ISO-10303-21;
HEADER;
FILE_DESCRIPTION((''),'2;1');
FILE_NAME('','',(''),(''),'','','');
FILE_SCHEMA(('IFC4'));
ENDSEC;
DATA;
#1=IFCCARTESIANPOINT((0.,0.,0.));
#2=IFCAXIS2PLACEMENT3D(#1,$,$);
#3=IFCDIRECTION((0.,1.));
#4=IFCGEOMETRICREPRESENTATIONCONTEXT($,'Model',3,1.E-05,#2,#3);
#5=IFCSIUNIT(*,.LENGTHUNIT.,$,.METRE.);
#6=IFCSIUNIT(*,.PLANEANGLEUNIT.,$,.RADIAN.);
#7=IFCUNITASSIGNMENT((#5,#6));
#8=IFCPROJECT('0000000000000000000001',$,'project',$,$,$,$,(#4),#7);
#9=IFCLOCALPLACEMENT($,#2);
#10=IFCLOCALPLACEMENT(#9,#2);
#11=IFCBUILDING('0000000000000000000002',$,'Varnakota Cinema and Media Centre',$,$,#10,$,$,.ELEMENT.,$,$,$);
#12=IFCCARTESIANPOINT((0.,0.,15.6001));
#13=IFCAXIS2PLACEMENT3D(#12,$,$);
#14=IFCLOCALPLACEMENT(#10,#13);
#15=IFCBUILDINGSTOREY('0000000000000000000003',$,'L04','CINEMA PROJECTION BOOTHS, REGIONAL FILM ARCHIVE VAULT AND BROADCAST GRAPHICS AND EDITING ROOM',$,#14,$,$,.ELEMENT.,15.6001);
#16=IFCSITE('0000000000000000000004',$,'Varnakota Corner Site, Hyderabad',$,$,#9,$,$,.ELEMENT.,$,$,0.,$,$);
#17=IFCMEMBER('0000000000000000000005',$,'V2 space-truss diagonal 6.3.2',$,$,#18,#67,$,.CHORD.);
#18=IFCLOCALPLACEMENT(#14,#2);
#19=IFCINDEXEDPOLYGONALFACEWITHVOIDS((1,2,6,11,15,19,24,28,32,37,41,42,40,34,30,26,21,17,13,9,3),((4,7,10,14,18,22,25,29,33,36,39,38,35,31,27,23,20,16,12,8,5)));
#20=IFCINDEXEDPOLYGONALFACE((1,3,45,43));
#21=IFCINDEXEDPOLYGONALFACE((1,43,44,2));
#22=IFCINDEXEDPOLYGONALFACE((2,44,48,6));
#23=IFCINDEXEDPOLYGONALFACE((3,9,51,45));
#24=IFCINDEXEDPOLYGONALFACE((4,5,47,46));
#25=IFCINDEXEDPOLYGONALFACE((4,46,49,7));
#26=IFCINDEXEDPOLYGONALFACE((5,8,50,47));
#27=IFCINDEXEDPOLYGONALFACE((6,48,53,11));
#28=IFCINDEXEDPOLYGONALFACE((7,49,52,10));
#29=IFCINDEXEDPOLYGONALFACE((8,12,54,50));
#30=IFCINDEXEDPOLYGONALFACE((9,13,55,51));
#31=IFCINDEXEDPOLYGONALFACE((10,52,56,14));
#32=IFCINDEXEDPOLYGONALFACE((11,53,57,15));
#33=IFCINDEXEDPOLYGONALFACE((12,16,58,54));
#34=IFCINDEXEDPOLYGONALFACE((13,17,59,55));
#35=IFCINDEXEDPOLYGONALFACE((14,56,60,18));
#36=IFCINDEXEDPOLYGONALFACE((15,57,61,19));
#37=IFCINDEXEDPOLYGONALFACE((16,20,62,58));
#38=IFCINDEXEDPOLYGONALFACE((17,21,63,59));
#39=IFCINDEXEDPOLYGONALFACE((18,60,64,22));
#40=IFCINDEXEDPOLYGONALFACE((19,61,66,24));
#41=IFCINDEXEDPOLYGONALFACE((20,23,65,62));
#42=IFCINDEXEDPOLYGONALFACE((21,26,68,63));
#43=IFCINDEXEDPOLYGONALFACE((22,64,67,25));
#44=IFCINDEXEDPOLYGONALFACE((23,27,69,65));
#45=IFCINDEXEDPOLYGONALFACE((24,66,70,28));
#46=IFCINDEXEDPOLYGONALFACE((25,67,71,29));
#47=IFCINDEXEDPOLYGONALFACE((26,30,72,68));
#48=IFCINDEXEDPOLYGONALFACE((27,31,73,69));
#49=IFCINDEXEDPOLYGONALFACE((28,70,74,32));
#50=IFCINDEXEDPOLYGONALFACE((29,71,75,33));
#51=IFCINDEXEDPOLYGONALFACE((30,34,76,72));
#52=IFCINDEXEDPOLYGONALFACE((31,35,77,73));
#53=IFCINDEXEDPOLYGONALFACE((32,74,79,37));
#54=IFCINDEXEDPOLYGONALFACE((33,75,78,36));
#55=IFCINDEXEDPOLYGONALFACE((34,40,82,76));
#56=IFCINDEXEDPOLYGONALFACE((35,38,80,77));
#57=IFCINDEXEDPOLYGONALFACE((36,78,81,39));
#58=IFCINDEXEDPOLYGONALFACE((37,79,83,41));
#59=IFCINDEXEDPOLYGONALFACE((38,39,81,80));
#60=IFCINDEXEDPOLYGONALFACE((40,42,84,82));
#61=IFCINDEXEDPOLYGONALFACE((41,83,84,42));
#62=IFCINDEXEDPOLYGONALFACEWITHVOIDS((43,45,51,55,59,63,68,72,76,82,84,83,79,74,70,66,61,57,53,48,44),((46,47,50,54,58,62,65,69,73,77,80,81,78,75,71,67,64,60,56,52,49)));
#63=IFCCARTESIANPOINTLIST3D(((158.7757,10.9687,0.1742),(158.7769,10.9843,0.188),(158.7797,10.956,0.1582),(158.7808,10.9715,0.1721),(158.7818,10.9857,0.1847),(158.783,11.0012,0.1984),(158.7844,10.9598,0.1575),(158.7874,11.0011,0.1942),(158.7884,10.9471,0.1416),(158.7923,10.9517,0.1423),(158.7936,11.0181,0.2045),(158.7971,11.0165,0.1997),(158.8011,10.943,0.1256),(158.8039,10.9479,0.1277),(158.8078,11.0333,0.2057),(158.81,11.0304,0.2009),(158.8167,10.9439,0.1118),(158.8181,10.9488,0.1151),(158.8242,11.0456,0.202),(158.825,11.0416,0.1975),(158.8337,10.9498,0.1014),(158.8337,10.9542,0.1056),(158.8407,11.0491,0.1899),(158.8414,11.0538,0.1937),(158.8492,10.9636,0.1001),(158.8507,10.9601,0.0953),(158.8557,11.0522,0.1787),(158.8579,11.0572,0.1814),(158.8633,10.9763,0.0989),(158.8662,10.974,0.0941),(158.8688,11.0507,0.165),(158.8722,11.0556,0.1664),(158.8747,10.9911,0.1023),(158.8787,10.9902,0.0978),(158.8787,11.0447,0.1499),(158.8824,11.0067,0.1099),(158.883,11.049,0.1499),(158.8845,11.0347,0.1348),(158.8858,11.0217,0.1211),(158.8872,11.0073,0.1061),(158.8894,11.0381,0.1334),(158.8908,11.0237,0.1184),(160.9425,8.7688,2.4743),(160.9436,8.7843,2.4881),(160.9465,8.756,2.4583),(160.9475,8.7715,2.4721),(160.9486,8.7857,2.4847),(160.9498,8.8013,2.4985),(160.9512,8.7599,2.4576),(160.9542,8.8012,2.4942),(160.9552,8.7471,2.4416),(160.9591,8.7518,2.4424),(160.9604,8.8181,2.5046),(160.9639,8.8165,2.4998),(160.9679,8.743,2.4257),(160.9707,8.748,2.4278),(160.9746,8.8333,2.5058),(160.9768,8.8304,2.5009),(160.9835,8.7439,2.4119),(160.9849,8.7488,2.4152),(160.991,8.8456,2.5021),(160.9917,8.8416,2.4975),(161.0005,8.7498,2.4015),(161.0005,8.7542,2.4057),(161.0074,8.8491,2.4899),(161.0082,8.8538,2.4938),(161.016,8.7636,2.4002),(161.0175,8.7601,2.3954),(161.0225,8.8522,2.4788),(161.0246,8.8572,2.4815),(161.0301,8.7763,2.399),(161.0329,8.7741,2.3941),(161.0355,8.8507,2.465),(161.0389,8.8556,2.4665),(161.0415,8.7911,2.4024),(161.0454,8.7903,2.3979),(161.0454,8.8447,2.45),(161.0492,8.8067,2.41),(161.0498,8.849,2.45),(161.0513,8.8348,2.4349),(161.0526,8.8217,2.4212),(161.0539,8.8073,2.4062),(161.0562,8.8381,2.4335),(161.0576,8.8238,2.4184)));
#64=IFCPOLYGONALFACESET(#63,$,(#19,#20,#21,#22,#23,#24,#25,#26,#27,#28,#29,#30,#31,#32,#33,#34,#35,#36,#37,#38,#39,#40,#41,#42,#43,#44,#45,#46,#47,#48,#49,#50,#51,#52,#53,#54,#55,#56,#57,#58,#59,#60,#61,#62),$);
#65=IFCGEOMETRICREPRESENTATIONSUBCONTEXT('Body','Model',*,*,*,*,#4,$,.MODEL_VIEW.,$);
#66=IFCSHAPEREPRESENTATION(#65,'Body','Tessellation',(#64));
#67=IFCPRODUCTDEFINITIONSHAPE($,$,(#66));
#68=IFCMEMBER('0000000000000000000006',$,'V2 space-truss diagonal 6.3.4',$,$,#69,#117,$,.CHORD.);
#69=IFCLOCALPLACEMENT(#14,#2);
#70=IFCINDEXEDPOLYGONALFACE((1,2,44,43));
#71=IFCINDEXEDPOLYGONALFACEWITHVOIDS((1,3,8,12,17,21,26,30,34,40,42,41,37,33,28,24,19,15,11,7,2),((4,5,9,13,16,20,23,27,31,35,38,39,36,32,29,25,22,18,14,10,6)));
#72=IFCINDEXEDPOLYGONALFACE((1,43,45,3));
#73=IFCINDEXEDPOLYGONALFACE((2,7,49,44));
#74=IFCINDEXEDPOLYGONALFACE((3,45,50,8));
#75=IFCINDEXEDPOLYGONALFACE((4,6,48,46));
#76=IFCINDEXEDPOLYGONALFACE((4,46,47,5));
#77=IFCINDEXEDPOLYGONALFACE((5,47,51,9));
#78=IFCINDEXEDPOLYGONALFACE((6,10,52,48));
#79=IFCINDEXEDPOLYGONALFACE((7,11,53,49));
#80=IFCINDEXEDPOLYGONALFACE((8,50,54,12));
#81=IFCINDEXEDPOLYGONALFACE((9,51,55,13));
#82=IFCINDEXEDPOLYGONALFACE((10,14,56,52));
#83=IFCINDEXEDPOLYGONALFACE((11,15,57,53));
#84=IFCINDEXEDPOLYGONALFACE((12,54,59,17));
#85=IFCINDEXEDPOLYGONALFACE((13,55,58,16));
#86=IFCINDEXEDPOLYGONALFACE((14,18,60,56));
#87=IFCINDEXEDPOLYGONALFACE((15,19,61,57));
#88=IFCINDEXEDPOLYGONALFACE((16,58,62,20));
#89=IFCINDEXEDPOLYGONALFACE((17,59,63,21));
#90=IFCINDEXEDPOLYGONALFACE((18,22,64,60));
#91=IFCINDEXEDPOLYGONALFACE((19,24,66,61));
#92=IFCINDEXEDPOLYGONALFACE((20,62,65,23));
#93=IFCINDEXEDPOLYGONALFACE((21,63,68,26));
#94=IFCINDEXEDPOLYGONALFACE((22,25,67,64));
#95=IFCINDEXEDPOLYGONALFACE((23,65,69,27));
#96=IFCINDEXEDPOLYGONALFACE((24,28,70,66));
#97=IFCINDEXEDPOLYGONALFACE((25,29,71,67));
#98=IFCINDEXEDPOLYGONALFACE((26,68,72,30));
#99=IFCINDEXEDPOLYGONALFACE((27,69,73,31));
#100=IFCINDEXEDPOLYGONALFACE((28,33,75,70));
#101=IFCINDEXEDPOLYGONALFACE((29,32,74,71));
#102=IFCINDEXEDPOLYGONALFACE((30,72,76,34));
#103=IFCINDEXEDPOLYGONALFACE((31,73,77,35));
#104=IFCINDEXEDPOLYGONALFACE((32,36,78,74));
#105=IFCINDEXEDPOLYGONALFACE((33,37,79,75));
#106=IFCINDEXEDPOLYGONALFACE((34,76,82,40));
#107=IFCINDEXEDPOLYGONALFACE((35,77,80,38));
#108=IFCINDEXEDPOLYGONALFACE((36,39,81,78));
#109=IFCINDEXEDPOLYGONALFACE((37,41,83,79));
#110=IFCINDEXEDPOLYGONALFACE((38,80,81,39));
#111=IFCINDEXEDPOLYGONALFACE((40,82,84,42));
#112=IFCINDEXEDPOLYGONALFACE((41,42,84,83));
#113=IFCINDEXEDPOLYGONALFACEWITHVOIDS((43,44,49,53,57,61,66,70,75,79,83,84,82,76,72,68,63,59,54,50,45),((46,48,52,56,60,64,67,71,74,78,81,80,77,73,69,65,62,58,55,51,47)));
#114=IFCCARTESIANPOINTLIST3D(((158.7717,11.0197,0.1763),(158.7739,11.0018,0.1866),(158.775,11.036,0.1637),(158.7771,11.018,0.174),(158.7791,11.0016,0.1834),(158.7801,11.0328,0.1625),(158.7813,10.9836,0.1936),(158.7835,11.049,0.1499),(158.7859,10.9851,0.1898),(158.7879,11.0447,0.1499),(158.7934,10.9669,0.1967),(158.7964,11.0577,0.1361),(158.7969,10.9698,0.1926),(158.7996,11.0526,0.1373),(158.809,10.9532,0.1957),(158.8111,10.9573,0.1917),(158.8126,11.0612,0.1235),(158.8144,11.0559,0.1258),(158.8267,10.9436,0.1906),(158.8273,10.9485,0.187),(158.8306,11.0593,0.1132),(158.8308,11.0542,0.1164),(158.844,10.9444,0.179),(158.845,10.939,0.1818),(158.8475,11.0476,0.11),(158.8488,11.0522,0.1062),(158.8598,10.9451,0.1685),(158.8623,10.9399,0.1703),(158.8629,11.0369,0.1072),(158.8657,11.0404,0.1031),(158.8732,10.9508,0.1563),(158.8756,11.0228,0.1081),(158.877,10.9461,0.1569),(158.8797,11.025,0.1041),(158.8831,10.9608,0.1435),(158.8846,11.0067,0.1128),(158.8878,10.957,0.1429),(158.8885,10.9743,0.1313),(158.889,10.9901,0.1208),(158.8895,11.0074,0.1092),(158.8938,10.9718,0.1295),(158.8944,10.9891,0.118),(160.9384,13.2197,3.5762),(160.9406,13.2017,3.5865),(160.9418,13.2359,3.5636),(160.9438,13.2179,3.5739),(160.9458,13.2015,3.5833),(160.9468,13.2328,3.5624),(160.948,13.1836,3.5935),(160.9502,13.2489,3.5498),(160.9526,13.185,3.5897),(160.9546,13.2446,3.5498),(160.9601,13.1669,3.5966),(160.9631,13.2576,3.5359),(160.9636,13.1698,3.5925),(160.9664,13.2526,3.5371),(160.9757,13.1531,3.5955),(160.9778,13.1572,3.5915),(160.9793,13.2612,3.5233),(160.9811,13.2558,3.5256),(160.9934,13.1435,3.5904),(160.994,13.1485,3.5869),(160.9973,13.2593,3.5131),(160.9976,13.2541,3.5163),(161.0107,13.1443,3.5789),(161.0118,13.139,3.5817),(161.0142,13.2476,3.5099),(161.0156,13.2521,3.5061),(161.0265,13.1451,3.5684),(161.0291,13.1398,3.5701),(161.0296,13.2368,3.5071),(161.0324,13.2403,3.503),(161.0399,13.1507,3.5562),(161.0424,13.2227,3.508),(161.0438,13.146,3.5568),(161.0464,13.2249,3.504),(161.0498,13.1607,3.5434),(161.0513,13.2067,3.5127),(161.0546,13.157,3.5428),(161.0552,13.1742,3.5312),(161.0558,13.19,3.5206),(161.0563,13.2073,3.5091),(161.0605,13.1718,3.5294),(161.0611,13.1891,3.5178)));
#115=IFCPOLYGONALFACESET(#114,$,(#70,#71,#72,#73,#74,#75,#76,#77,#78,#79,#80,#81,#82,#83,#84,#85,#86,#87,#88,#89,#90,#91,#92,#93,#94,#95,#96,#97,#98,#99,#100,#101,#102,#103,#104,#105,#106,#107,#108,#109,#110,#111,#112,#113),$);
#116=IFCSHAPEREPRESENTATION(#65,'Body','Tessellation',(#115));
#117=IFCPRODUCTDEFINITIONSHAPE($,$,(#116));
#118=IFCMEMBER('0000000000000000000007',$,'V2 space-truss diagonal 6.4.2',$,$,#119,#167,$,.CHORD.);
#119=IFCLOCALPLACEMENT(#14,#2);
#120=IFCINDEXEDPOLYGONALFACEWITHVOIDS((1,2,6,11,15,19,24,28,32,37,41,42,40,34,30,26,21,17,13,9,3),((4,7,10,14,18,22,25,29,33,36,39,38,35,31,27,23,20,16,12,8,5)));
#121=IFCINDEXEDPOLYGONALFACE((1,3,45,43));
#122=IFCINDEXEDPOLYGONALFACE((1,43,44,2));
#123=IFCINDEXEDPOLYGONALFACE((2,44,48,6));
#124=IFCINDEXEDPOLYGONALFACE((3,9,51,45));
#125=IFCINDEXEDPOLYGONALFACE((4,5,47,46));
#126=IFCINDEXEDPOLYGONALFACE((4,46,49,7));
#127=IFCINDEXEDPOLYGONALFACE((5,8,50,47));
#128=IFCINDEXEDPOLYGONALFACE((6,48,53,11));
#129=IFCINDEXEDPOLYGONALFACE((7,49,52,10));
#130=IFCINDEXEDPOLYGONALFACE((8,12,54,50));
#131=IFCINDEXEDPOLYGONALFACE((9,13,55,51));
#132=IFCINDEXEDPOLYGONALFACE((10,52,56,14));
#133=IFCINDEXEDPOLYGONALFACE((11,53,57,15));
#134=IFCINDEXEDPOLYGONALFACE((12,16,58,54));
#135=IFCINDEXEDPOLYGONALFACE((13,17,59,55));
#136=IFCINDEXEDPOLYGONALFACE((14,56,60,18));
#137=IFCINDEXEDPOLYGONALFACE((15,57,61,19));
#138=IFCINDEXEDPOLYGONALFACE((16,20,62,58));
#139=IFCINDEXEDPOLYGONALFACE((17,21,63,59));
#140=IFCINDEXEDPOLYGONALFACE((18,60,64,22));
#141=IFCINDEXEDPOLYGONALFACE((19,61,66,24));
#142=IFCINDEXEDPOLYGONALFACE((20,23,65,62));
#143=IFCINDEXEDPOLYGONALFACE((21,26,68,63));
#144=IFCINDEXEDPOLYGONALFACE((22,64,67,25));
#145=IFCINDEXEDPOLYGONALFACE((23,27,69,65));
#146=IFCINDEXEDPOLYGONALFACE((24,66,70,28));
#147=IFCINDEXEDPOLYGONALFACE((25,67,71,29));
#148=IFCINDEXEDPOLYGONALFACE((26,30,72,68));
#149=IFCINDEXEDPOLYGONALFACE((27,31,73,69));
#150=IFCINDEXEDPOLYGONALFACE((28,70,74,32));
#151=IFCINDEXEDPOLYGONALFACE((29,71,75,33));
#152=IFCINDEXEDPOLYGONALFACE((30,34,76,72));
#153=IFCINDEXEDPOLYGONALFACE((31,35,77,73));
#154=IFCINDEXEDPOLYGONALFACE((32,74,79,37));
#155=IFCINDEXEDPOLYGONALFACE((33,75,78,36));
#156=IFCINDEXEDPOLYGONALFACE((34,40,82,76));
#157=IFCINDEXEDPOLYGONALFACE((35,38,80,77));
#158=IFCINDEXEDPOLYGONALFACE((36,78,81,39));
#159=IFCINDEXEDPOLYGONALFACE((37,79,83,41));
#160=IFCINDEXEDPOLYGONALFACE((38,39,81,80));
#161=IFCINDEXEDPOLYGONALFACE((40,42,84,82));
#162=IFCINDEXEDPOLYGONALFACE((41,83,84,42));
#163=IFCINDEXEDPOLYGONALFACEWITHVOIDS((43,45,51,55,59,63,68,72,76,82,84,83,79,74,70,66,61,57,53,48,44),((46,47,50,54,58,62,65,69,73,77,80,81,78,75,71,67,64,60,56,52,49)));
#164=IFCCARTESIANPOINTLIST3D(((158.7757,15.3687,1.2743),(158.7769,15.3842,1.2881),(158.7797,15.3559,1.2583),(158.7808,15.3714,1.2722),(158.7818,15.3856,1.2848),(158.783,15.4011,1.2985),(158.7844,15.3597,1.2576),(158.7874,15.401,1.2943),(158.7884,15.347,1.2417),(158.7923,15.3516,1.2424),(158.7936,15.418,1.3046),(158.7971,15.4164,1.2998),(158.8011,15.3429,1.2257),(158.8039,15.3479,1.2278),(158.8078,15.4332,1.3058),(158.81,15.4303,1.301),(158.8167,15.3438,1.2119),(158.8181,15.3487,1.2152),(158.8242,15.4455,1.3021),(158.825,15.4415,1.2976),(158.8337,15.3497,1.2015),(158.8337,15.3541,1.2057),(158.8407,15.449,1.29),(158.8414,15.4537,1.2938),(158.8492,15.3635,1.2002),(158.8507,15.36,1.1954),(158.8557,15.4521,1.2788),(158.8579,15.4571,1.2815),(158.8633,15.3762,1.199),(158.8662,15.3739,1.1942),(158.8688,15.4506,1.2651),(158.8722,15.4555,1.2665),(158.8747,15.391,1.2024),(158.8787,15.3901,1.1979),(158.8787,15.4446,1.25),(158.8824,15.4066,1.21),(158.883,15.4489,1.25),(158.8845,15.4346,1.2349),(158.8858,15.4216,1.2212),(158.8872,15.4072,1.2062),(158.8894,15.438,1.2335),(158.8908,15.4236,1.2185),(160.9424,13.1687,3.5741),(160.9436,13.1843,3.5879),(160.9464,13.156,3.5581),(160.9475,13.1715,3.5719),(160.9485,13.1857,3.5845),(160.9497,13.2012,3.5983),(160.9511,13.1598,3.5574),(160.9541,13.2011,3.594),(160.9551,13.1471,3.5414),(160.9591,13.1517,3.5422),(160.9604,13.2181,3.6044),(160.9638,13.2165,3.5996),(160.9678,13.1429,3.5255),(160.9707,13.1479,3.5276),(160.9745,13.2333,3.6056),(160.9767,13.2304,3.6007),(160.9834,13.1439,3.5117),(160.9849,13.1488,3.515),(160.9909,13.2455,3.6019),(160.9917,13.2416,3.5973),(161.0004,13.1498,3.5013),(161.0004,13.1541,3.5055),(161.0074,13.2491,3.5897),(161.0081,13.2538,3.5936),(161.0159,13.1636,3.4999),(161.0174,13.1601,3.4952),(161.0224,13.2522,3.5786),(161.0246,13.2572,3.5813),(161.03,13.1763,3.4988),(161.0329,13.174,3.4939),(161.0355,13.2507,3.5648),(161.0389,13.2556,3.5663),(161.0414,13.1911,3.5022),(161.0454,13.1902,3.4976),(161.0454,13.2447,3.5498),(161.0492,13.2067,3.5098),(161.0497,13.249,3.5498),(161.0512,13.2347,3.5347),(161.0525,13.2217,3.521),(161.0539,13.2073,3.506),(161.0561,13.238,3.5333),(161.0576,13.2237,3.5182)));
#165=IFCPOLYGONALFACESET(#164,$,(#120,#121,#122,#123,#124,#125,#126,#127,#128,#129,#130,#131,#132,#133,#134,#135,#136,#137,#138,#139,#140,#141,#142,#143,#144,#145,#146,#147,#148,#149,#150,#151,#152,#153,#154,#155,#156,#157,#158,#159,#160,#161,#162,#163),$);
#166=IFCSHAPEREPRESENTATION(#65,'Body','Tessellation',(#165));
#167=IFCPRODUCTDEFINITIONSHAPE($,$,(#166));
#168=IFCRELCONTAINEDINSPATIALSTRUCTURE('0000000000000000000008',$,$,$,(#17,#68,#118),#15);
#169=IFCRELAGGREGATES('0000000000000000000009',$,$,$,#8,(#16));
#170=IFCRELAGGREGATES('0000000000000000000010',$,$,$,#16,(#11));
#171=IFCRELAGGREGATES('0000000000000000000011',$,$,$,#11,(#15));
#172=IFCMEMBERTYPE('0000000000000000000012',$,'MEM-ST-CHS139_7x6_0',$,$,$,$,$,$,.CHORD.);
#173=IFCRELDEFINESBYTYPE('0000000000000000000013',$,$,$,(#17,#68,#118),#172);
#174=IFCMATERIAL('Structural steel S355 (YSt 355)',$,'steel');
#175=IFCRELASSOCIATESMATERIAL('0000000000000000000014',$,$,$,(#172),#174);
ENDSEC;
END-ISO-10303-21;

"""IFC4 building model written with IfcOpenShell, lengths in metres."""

from ifc_helpers import new_model, si_unit, direction, frame, origin, origin_2d, place, context, subcontext, project, spatial, hollow_circle, extrude, material, material_profile, profile_set, type_object, element, save


model = new_model("IFC4")

# Units and contexts
model_context = context("Model", 3, precision=1e-05, world=origin(), true_north=direction((0.0, 1.0)))
body_context = subcontext(model_context, "Body", "Model", "MODEL_VIEW")
ifc_project = project(units=[si_unit("LENGTHUNIT", "METRE"), si_unit("PLANEANGLEUNIT", "RADIAN")], contexts=[model_context])

# Site, building, storey
site_placement = place(None, origin())
site = spatial("IfcSite", under=ifc_project, at=site_placement, Name="Varnakota Corner Site, Hyderabad", CompositionType="ELEMENT", RefElevation=0.0)
building_placement = place(site_placement, origin())
building = spatial("IfcBuilding", under=site, at=building_placement, Name="Varnakota Cinema and Media Centre", CompositionType="ELEMENT")
storey_placement = place(building_placement, frame((0.0, 0.0, 15.6001)))
storey = spatial("IfcBuildingStorey", under=building, at=storey_placement, Name="L04", Description="CINEMA PROJECTION BOOTHS, REGIONAL FILM ARCHIVE VAULT AND BROADCAST GRAPHICS AND EDITING ROOM", CompositionType="ELEMENT", Elevation=15.6001)

# Members
ifc_material_1 = material(Name="Structural steel S355 (YSt 355)", Category="steel")
ifc_material_profile_1 = material_profile(ifc_material_1, hollow_circle(Radius=0.0698, WallThickness=0.0061, at=origin_2d()), Name="CHS 139.7x6.0")
ifc_profile_set_1 = profile_set([ifc_material_profile_1], Name="Structural steel S355 (YSt 355)")
member_type_1 = type_object("IfcMemberType", Name="MEM-ST-CHS139_7x6_0", PredefinedType="CHORD", material=ifc_profile_set_1)
member_1_placement = place(storey_placement, frame((158.8333, 11.0, 0.1499), z_axis=(0.562748, -0.571371, 0.597369), x_axis=(0.712463, 0.70171, 0.0)))
element("IfcMember", 1, at=member_1_placement, inside=storey, type_object=member_type_1, Name="V2 space-truss diagonal 6.3.2", PredefinedType="CHORD", context=body_context, shape_type="SweptSolid", body=[
    extrude(hollow_circle(Radius=0.0698, WallThickness=0.0061, at=origin_2d()), origin(), (0.0, 0.0, 1.0), 3.8503),
])
member_2_placement = place(storey_placement, frame((158.8333, 11.0, 0.1499), z_axis=(0.471769, 0.478999, 0.740266), x_axis=(-0.712463, 0.70171, 0.0)))
element("IfcMember", 2, at=member_2_placement, inside=storey, type_object=member_type_1, Name="V2 space-truss diagonal 6.3.4", PredefinedType="CHORD", context=body_context, shape_type="SweptSolid", body=[
    extrude(hollow_circle(Radius=0.0698, WallThickness=0.0061, at=origin_2d()), origin(), (0.0, 0.0, 1.0), 4.5928),
])
member_3_placement = place(storey_placement, frame((158.8333, 15.3999, 1.25), z_axis=(0.562769, -0.571393, 0.597328), x_axis=(0.712463, 0.70171, 0.0)))
element("IfcMember", 3, at=member_3_placement, inside=storey, type_object=member_type_1, Name="V2 space-truss diagonal 6.4.2", PredefinedType="CHORD", context=body_context, shape_type="SweptSolid", body=[
    extrude(hollow_circle(Radius=0.0698, WallThickness=0.0061, at=origin_2d()), origin(), (0.0, 0.0, 1.0), 3.8501),
])

save(model, "model.ifc")
